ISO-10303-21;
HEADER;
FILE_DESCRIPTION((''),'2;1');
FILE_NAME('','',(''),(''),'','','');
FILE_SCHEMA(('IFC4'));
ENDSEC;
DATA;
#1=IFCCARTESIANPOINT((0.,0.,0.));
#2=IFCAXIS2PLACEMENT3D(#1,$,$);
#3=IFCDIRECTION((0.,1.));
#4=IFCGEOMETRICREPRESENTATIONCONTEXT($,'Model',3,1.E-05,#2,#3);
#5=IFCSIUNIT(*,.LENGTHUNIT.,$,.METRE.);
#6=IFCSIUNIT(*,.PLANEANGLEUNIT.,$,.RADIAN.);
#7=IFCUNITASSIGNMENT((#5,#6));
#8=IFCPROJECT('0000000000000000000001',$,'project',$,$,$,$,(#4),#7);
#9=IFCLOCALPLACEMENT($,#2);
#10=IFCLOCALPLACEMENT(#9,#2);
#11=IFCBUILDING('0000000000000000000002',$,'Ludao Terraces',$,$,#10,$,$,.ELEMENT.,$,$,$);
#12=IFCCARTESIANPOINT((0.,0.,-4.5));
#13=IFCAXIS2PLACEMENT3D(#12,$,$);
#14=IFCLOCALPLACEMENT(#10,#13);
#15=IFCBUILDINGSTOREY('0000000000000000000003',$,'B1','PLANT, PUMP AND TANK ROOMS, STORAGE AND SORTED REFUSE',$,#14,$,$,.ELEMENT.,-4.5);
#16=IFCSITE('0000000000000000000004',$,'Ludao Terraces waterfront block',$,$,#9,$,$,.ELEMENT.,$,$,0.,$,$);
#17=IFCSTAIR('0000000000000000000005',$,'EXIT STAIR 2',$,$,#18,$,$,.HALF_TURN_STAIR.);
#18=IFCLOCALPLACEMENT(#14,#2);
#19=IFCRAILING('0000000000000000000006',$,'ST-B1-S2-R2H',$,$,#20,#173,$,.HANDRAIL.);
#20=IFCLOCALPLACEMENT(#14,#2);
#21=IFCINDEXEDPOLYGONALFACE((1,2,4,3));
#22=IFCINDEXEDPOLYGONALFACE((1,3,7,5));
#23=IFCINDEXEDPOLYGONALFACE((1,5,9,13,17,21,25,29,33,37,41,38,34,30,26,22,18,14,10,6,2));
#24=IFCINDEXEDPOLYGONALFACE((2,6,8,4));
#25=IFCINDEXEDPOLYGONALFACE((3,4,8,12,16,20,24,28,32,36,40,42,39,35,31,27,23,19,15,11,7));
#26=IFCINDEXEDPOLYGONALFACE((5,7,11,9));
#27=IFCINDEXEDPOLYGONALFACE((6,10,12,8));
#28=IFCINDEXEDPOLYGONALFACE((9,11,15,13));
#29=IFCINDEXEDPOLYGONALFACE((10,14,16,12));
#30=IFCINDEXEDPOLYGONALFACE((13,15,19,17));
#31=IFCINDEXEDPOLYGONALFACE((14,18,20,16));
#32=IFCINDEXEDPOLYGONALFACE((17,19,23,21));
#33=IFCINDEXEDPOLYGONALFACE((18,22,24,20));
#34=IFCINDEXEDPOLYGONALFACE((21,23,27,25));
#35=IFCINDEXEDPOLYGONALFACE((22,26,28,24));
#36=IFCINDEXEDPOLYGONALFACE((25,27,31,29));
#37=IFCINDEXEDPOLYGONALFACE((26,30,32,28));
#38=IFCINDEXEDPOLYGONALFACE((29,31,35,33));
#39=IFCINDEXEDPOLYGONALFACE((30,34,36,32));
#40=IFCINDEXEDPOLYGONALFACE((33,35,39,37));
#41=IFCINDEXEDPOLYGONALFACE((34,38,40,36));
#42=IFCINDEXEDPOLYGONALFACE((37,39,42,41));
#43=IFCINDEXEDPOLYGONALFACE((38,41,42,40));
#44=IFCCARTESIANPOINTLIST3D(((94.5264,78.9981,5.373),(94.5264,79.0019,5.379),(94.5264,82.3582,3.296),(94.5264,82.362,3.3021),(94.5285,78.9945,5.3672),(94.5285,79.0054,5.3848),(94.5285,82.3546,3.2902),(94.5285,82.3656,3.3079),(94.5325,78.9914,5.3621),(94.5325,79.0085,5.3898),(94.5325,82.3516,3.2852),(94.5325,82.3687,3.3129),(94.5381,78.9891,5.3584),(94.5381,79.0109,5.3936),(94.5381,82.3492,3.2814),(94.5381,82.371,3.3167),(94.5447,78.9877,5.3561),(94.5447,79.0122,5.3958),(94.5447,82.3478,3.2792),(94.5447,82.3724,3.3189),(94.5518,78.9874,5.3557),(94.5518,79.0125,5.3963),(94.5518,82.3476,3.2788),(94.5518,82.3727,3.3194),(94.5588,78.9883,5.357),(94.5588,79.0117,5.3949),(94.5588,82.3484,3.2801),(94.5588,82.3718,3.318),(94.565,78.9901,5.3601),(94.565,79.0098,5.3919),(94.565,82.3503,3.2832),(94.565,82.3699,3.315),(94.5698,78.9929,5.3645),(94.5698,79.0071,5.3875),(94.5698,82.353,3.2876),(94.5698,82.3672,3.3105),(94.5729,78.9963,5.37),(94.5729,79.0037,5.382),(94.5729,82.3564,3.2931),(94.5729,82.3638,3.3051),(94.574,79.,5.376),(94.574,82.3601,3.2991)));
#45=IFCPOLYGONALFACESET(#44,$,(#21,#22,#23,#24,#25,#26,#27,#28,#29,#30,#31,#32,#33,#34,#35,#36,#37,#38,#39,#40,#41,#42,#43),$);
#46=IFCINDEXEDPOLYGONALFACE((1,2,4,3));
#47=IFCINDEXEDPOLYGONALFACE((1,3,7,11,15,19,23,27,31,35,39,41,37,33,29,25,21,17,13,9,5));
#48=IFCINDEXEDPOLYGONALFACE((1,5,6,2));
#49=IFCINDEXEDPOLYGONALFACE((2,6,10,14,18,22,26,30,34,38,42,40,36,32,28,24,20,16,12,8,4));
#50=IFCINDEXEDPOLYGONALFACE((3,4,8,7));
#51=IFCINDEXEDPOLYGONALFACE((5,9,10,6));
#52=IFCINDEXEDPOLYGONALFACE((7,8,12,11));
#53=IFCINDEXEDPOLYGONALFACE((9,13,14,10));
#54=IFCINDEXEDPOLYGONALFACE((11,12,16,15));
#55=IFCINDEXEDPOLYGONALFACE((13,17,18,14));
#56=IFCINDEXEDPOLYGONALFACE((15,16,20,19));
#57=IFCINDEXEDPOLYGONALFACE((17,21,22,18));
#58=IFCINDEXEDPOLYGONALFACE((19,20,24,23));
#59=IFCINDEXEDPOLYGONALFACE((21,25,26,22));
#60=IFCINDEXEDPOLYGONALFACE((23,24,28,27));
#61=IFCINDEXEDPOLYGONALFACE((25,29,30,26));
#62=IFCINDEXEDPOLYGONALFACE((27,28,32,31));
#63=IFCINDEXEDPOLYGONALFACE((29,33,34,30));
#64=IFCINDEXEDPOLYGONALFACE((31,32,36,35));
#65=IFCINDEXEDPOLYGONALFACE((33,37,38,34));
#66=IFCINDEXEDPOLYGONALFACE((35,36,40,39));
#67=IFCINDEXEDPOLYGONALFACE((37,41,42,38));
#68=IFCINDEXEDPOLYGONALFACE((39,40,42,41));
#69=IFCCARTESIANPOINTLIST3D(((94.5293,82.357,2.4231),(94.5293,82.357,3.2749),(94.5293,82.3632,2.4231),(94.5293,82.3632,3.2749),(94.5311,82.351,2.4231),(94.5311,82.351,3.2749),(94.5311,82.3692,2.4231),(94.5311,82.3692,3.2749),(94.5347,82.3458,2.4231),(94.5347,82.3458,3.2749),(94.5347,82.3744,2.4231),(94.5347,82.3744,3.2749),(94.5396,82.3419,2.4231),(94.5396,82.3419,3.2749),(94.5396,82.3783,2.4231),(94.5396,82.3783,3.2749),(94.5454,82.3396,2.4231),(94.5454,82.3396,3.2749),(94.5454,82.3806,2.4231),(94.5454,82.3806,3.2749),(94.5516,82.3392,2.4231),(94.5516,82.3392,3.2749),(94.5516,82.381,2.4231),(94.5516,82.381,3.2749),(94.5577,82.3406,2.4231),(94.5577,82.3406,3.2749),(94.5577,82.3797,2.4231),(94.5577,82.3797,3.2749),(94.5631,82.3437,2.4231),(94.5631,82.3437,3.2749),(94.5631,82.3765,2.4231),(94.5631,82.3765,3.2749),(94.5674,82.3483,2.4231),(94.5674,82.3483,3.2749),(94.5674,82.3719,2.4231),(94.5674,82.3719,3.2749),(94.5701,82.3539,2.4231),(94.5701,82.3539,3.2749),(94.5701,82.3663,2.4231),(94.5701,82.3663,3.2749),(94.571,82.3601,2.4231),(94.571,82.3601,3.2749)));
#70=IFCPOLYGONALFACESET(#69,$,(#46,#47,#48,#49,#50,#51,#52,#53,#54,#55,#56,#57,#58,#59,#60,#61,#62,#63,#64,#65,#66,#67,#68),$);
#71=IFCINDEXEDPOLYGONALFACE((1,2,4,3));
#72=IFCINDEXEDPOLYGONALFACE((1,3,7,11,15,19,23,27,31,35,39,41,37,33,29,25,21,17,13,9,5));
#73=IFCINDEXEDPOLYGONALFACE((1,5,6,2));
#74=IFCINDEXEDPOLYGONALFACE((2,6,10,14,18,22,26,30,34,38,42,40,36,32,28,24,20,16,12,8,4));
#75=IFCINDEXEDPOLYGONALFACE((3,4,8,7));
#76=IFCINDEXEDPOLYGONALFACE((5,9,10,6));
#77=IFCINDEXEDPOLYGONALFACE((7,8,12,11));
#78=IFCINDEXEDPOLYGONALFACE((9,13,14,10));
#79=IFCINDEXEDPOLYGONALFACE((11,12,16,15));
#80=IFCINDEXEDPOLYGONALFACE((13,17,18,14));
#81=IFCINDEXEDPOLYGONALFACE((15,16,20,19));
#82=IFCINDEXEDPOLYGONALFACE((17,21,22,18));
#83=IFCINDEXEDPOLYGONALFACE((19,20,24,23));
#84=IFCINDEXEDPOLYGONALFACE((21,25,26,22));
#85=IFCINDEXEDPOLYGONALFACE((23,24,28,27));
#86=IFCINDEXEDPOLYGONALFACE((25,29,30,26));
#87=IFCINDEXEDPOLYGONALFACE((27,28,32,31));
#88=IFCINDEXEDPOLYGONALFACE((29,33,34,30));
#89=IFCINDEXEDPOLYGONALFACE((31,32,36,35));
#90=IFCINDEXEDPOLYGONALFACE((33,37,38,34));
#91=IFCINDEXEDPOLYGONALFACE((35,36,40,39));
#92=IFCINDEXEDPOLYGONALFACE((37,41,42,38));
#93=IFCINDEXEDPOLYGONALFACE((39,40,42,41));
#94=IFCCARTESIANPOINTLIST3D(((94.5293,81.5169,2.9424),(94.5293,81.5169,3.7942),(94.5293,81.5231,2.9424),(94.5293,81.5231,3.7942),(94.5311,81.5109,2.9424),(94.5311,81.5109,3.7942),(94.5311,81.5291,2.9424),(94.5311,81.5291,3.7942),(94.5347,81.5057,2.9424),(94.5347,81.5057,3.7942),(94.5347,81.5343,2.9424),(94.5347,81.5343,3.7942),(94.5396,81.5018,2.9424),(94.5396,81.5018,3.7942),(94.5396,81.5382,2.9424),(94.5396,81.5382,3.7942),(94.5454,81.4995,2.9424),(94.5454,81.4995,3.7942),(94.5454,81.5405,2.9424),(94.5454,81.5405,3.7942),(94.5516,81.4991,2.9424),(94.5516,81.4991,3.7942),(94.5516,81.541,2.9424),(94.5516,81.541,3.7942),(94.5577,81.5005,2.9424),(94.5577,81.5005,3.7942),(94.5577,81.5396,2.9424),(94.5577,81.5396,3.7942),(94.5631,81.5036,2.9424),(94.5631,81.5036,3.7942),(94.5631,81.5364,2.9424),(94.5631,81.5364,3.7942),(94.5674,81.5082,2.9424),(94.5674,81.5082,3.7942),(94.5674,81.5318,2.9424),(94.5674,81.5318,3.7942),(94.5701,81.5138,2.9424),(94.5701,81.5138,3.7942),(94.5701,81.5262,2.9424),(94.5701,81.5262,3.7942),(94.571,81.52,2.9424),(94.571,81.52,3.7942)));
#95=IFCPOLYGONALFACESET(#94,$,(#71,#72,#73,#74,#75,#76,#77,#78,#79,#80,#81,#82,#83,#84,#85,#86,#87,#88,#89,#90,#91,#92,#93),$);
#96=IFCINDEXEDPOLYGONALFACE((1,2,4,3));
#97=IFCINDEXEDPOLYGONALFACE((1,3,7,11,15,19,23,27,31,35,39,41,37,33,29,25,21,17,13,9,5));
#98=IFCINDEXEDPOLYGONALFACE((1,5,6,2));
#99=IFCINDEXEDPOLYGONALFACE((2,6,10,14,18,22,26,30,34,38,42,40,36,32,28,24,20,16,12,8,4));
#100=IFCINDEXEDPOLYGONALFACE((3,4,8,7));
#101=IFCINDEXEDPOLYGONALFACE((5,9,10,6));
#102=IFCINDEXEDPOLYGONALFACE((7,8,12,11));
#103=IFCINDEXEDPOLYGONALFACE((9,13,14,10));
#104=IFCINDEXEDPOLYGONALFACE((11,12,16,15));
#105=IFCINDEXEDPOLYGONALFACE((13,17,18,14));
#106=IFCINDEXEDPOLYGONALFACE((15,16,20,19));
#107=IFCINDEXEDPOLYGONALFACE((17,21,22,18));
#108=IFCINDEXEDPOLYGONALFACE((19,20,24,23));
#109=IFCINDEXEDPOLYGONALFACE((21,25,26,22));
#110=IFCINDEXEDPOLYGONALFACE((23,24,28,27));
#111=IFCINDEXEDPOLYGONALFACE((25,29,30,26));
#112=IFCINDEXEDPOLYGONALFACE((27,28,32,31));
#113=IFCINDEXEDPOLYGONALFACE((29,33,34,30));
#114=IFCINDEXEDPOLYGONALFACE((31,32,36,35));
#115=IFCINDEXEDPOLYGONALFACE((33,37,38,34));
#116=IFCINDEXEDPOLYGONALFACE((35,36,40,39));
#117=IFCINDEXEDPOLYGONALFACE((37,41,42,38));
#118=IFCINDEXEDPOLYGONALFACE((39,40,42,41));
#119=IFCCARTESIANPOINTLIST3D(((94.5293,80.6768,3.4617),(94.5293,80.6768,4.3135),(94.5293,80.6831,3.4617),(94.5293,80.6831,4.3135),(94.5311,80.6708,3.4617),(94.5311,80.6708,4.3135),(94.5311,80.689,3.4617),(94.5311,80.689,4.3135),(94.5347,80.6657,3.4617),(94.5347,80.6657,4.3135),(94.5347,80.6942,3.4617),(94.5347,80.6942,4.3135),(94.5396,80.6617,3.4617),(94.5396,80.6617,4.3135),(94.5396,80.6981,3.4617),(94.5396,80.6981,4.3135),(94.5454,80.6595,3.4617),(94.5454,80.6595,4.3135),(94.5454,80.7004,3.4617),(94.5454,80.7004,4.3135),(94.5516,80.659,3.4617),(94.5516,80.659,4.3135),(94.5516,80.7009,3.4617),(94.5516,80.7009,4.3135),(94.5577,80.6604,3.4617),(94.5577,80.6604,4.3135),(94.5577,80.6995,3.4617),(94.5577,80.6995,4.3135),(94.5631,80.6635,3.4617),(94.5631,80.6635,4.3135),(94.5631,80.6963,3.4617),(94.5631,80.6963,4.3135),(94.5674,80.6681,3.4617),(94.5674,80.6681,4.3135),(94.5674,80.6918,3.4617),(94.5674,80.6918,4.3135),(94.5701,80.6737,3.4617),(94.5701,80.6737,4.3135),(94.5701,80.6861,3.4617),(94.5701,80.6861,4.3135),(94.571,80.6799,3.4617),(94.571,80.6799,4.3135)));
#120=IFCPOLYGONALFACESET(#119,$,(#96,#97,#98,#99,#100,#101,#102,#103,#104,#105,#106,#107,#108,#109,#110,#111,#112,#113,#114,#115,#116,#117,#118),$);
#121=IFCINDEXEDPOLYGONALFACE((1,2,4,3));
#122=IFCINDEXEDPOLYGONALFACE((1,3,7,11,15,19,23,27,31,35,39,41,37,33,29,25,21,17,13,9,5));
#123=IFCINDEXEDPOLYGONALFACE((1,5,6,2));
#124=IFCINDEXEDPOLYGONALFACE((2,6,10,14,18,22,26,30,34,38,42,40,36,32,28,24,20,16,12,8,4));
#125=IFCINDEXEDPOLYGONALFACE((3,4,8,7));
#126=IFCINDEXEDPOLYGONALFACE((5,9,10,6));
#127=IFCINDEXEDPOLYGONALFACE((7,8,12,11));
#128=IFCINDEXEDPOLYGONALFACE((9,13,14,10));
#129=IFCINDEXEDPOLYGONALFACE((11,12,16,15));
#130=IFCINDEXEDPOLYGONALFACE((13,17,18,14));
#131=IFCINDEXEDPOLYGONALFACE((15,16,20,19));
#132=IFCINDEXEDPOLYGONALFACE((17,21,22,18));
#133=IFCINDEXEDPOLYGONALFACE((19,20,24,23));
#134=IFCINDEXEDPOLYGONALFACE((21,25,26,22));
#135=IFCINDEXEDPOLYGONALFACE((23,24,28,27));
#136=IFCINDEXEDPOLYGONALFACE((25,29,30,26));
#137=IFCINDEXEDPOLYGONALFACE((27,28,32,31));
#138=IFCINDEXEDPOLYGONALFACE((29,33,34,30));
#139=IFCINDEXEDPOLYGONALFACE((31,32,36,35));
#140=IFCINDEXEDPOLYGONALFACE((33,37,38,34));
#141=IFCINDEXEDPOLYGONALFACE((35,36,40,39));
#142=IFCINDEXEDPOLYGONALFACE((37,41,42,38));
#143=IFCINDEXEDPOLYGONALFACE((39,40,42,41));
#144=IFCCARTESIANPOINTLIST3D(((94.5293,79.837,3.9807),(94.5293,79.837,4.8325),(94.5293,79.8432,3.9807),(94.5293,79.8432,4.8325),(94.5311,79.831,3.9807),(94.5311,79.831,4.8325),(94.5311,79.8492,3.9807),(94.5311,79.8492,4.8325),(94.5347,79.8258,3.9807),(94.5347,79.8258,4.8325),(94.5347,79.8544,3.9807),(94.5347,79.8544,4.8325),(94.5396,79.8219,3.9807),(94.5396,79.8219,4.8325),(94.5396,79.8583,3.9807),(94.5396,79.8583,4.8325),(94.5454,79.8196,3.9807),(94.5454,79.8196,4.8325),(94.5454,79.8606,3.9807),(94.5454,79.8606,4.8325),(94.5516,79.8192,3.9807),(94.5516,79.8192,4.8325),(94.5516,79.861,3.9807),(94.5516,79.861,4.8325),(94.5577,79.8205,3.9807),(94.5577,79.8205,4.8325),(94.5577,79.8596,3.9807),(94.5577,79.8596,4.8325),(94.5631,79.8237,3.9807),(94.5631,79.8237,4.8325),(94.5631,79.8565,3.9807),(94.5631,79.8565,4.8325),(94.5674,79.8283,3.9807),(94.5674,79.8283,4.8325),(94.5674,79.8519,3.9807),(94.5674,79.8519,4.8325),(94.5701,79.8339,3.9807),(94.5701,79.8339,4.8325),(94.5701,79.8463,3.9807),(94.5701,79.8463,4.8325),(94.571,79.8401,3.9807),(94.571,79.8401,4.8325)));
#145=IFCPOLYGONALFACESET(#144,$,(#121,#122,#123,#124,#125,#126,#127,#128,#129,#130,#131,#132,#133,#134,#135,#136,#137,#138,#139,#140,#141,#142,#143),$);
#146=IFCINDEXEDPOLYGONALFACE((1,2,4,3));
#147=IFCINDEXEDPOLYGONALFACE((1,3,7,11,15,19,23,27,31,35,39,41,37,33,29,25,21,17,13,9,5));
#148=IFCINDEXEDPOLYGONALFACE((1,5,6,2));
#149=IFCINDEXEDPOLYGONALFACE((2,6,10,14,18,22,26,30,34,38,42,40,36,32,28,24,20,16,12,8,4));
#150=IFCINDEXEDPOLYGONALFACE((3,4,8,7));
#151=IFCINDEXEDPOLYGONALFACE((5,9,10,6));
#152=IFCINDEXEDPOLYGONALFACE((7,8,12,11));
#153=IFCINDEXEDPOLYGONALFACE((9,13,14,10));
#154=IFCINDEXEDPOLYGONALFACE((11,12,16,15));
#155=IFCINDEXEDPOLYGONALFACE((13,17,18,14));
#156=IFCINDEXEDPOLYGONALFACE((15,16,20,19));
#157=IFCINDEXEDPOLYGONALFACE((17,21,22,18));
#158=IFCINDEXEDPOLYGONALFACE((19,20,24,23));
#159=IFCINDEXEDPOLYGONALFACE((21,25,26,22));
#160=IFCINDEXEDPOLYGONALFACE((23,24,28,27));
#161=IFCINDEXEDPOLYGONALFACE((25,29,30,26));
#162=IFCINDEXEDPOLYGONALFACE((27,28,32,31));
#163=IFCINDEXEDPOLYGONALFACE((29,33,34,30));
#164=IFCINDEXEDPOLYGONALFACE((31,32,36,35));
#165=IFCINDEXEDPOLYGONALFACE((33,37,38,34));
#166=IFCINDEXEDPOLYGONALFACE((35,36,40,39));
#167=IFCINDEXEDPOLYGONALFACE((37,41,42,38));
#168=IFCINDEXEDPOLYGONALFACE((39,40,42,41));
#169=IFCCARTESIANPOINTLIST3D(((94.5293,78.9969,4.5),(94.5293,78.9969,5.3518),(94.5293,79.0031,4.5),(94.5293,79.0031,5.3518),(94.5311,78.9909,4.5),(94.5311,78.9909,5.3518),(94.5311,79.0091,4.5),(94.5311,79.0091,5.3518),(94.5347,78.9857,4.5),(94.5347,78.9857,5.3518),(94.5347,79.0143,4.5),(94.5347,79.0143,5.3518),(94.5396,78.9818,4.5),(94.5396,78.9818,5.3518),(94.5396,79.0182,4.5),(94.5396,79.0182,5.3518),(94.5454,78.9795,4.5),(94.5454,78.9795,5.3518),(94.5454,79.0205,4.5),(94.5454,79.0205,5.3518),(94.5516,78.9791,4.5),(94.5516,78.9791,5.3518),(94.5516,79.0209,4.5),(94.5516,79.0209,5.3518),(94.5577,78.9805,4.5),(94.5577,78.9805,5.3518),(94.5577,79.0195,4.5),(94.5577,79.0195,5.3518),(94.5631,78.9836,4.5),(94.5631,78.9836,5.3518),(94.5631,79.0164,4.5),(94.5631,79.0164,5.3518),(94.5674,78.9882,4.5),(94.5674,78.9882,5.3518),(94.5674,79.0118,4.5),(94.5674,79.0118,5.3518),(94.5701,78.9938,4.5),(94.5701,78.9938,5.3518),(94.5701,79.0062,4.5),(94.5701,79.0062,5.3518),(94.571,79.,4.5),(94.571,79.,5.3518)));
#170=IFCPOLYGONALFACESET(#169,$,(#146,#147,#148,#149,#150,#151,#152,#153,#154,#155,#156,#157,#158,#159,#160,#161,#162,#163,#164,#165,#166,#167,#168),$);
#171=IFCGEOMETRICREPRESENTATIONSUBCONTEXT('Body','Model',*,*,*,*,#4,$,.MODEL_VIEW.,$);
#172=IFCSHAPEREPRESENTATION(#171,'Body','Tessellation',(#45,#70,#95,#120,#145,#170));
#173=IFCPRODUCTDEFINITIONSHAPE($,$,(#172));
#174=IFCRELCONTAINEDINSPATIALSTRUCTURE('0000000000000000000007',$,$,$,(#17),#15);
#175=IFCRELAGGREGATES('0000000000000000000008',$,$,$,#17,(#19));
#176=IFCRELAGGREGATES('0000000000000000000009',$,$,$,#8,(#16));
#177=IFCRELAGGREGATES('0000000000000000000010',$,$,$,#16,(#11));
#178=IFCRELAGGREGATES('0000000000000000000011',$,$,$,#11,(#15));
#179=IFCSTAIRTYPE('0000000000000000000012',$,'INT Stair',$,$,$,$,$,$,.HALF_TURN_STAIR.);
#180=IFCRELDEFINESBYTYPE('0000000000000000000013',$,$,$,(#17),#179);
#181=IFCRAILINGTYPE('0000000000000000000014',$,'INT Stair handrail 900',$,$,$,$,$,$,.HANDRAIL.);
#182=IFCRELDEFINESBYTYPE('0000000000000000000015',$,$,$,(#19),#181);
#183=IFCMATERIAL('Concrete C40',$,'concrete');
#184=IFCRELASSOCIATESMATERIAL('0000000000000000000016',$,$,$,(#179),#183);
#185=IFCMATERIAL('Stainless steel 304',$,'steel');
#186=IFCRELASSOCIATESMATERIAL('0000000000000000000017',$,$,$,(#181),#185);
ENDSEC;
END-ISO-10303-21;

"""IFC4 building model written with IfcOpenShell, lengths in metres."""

from ifc_helpers import new_model, si_unit, direction, frame, origin, origin_2d, place, context, subcontext, project, spatial, circle, extrude, material, type_object, element, aggregate, save


model = new_model("IFC4")

# Units and contexts
model_context = context("Model", 3, precision=1e-05, world=origin(), true_north=direction((0.0, 1.0)))
body_context = subcontext(model_context, "Body", "Model", "MODEL_VIEW")
ifc_project = project(units=[si_unit("LENGTHUNIT", "METRE"), si_unit("PLANEANGLEUNIT", "RADIAN")], contexts=[model_context])

# Site, building, storey
site_placement = place(None, origin())
site = spatial("IfcSite", under=ifc_project, at=site_placement, Name="Ludao Terraces waterfront block", CompositionType="ELEMENT", RefElevation=0.0)
building_placement = place(site_placement, origin())
building = spatial("IfcBuilding", under=site, at=building_placement, Name="Ludao Terraces", CompositionType="ELEMENT")
storey_placement = place(building_placement, frame((0.0, 0.0, -4.5)))
storey = spatial("IfcBuildingStorey", under=building, at=storey_placement, Name="B1", Description="PLANT, PUMP AND TANK ROOMS, STORAGE AND SORTED REFUSE", CompositionType="ELEMENT", Elevation=-4.5)

# Stair, railing
ifc_material_1 = material(Name="Concrete C40", Category="concrete")
stair_type = type_object("IfcStairType", Name="INT Stair", PredefinedType="HALF_TURN_STAIR", material=ifc_material_1)
stair_placement = place(storey_placement, origin())
stair = element("IfcStair", 1, at=stair_placement, inside=storey, type_object=stair_type, Name="EXIT STAIR 2", PredefinedType="HALF_TURN_STAIR")
ifc_material_2 = material(Name="Stainless steel 304", Category="steel")
railing_type_1 = type_object("IfcRailingType", Name="INT Stair handrail 900", PredefinedType="HANDRAIL", material=ifc_material_2)
railing_1_placement = place(storey_placement, frame((94.55, 82.3601, 2.4231)))
railing_1 = element("IfcRailing", 2, at=railing_1_placement, type_object=railing_type_1, Name="ST-B1-S2-R2H", PredefinedType="HANDRAIL", context=body_context, shape_type="SweptSolid", body=[
    extrude(circle(Radius=0.0239, at=origin_2d()), frame((0.0, 0.0, 0.876), z_axis=(0.0, -0.850623, 0.525776), x_axis=(1.0, 0.0, 0.0)), (0.0, 0.0, 1.0), 3.9502),
    extrude(circle(Radius=0.021, at=origin_2d()), origin(), (0.0, 0.0, 1.0), 0.8518),
    extrude(circle(Radius=0.021, at=origin_2d()), frame((0.0, -0.8401, 0.5193)), (0.0, 0.0, 1.0), 0.8518),
    extrude(circle(Radius=0.021, at=origin_2d()), frame((0.0, -1.6802, 1.0386)), (0.0, 0.0, 1.0), 0.8518),
    extrude(circle(Radius=0.021, at=origin_2d()), frame((0.0, -2.52, 1.5576)), (0.0, 0.0, 1.0), 0.8518),
    extrude(circle(Radius=0.021, at=origin_2d()), frame((0.0, -3.3601, 2.0769)), (0.0, 0.0, 1.0), 0.8518),
])
aggregate(stair, [railing_1])

save(model, "model.ifc")
